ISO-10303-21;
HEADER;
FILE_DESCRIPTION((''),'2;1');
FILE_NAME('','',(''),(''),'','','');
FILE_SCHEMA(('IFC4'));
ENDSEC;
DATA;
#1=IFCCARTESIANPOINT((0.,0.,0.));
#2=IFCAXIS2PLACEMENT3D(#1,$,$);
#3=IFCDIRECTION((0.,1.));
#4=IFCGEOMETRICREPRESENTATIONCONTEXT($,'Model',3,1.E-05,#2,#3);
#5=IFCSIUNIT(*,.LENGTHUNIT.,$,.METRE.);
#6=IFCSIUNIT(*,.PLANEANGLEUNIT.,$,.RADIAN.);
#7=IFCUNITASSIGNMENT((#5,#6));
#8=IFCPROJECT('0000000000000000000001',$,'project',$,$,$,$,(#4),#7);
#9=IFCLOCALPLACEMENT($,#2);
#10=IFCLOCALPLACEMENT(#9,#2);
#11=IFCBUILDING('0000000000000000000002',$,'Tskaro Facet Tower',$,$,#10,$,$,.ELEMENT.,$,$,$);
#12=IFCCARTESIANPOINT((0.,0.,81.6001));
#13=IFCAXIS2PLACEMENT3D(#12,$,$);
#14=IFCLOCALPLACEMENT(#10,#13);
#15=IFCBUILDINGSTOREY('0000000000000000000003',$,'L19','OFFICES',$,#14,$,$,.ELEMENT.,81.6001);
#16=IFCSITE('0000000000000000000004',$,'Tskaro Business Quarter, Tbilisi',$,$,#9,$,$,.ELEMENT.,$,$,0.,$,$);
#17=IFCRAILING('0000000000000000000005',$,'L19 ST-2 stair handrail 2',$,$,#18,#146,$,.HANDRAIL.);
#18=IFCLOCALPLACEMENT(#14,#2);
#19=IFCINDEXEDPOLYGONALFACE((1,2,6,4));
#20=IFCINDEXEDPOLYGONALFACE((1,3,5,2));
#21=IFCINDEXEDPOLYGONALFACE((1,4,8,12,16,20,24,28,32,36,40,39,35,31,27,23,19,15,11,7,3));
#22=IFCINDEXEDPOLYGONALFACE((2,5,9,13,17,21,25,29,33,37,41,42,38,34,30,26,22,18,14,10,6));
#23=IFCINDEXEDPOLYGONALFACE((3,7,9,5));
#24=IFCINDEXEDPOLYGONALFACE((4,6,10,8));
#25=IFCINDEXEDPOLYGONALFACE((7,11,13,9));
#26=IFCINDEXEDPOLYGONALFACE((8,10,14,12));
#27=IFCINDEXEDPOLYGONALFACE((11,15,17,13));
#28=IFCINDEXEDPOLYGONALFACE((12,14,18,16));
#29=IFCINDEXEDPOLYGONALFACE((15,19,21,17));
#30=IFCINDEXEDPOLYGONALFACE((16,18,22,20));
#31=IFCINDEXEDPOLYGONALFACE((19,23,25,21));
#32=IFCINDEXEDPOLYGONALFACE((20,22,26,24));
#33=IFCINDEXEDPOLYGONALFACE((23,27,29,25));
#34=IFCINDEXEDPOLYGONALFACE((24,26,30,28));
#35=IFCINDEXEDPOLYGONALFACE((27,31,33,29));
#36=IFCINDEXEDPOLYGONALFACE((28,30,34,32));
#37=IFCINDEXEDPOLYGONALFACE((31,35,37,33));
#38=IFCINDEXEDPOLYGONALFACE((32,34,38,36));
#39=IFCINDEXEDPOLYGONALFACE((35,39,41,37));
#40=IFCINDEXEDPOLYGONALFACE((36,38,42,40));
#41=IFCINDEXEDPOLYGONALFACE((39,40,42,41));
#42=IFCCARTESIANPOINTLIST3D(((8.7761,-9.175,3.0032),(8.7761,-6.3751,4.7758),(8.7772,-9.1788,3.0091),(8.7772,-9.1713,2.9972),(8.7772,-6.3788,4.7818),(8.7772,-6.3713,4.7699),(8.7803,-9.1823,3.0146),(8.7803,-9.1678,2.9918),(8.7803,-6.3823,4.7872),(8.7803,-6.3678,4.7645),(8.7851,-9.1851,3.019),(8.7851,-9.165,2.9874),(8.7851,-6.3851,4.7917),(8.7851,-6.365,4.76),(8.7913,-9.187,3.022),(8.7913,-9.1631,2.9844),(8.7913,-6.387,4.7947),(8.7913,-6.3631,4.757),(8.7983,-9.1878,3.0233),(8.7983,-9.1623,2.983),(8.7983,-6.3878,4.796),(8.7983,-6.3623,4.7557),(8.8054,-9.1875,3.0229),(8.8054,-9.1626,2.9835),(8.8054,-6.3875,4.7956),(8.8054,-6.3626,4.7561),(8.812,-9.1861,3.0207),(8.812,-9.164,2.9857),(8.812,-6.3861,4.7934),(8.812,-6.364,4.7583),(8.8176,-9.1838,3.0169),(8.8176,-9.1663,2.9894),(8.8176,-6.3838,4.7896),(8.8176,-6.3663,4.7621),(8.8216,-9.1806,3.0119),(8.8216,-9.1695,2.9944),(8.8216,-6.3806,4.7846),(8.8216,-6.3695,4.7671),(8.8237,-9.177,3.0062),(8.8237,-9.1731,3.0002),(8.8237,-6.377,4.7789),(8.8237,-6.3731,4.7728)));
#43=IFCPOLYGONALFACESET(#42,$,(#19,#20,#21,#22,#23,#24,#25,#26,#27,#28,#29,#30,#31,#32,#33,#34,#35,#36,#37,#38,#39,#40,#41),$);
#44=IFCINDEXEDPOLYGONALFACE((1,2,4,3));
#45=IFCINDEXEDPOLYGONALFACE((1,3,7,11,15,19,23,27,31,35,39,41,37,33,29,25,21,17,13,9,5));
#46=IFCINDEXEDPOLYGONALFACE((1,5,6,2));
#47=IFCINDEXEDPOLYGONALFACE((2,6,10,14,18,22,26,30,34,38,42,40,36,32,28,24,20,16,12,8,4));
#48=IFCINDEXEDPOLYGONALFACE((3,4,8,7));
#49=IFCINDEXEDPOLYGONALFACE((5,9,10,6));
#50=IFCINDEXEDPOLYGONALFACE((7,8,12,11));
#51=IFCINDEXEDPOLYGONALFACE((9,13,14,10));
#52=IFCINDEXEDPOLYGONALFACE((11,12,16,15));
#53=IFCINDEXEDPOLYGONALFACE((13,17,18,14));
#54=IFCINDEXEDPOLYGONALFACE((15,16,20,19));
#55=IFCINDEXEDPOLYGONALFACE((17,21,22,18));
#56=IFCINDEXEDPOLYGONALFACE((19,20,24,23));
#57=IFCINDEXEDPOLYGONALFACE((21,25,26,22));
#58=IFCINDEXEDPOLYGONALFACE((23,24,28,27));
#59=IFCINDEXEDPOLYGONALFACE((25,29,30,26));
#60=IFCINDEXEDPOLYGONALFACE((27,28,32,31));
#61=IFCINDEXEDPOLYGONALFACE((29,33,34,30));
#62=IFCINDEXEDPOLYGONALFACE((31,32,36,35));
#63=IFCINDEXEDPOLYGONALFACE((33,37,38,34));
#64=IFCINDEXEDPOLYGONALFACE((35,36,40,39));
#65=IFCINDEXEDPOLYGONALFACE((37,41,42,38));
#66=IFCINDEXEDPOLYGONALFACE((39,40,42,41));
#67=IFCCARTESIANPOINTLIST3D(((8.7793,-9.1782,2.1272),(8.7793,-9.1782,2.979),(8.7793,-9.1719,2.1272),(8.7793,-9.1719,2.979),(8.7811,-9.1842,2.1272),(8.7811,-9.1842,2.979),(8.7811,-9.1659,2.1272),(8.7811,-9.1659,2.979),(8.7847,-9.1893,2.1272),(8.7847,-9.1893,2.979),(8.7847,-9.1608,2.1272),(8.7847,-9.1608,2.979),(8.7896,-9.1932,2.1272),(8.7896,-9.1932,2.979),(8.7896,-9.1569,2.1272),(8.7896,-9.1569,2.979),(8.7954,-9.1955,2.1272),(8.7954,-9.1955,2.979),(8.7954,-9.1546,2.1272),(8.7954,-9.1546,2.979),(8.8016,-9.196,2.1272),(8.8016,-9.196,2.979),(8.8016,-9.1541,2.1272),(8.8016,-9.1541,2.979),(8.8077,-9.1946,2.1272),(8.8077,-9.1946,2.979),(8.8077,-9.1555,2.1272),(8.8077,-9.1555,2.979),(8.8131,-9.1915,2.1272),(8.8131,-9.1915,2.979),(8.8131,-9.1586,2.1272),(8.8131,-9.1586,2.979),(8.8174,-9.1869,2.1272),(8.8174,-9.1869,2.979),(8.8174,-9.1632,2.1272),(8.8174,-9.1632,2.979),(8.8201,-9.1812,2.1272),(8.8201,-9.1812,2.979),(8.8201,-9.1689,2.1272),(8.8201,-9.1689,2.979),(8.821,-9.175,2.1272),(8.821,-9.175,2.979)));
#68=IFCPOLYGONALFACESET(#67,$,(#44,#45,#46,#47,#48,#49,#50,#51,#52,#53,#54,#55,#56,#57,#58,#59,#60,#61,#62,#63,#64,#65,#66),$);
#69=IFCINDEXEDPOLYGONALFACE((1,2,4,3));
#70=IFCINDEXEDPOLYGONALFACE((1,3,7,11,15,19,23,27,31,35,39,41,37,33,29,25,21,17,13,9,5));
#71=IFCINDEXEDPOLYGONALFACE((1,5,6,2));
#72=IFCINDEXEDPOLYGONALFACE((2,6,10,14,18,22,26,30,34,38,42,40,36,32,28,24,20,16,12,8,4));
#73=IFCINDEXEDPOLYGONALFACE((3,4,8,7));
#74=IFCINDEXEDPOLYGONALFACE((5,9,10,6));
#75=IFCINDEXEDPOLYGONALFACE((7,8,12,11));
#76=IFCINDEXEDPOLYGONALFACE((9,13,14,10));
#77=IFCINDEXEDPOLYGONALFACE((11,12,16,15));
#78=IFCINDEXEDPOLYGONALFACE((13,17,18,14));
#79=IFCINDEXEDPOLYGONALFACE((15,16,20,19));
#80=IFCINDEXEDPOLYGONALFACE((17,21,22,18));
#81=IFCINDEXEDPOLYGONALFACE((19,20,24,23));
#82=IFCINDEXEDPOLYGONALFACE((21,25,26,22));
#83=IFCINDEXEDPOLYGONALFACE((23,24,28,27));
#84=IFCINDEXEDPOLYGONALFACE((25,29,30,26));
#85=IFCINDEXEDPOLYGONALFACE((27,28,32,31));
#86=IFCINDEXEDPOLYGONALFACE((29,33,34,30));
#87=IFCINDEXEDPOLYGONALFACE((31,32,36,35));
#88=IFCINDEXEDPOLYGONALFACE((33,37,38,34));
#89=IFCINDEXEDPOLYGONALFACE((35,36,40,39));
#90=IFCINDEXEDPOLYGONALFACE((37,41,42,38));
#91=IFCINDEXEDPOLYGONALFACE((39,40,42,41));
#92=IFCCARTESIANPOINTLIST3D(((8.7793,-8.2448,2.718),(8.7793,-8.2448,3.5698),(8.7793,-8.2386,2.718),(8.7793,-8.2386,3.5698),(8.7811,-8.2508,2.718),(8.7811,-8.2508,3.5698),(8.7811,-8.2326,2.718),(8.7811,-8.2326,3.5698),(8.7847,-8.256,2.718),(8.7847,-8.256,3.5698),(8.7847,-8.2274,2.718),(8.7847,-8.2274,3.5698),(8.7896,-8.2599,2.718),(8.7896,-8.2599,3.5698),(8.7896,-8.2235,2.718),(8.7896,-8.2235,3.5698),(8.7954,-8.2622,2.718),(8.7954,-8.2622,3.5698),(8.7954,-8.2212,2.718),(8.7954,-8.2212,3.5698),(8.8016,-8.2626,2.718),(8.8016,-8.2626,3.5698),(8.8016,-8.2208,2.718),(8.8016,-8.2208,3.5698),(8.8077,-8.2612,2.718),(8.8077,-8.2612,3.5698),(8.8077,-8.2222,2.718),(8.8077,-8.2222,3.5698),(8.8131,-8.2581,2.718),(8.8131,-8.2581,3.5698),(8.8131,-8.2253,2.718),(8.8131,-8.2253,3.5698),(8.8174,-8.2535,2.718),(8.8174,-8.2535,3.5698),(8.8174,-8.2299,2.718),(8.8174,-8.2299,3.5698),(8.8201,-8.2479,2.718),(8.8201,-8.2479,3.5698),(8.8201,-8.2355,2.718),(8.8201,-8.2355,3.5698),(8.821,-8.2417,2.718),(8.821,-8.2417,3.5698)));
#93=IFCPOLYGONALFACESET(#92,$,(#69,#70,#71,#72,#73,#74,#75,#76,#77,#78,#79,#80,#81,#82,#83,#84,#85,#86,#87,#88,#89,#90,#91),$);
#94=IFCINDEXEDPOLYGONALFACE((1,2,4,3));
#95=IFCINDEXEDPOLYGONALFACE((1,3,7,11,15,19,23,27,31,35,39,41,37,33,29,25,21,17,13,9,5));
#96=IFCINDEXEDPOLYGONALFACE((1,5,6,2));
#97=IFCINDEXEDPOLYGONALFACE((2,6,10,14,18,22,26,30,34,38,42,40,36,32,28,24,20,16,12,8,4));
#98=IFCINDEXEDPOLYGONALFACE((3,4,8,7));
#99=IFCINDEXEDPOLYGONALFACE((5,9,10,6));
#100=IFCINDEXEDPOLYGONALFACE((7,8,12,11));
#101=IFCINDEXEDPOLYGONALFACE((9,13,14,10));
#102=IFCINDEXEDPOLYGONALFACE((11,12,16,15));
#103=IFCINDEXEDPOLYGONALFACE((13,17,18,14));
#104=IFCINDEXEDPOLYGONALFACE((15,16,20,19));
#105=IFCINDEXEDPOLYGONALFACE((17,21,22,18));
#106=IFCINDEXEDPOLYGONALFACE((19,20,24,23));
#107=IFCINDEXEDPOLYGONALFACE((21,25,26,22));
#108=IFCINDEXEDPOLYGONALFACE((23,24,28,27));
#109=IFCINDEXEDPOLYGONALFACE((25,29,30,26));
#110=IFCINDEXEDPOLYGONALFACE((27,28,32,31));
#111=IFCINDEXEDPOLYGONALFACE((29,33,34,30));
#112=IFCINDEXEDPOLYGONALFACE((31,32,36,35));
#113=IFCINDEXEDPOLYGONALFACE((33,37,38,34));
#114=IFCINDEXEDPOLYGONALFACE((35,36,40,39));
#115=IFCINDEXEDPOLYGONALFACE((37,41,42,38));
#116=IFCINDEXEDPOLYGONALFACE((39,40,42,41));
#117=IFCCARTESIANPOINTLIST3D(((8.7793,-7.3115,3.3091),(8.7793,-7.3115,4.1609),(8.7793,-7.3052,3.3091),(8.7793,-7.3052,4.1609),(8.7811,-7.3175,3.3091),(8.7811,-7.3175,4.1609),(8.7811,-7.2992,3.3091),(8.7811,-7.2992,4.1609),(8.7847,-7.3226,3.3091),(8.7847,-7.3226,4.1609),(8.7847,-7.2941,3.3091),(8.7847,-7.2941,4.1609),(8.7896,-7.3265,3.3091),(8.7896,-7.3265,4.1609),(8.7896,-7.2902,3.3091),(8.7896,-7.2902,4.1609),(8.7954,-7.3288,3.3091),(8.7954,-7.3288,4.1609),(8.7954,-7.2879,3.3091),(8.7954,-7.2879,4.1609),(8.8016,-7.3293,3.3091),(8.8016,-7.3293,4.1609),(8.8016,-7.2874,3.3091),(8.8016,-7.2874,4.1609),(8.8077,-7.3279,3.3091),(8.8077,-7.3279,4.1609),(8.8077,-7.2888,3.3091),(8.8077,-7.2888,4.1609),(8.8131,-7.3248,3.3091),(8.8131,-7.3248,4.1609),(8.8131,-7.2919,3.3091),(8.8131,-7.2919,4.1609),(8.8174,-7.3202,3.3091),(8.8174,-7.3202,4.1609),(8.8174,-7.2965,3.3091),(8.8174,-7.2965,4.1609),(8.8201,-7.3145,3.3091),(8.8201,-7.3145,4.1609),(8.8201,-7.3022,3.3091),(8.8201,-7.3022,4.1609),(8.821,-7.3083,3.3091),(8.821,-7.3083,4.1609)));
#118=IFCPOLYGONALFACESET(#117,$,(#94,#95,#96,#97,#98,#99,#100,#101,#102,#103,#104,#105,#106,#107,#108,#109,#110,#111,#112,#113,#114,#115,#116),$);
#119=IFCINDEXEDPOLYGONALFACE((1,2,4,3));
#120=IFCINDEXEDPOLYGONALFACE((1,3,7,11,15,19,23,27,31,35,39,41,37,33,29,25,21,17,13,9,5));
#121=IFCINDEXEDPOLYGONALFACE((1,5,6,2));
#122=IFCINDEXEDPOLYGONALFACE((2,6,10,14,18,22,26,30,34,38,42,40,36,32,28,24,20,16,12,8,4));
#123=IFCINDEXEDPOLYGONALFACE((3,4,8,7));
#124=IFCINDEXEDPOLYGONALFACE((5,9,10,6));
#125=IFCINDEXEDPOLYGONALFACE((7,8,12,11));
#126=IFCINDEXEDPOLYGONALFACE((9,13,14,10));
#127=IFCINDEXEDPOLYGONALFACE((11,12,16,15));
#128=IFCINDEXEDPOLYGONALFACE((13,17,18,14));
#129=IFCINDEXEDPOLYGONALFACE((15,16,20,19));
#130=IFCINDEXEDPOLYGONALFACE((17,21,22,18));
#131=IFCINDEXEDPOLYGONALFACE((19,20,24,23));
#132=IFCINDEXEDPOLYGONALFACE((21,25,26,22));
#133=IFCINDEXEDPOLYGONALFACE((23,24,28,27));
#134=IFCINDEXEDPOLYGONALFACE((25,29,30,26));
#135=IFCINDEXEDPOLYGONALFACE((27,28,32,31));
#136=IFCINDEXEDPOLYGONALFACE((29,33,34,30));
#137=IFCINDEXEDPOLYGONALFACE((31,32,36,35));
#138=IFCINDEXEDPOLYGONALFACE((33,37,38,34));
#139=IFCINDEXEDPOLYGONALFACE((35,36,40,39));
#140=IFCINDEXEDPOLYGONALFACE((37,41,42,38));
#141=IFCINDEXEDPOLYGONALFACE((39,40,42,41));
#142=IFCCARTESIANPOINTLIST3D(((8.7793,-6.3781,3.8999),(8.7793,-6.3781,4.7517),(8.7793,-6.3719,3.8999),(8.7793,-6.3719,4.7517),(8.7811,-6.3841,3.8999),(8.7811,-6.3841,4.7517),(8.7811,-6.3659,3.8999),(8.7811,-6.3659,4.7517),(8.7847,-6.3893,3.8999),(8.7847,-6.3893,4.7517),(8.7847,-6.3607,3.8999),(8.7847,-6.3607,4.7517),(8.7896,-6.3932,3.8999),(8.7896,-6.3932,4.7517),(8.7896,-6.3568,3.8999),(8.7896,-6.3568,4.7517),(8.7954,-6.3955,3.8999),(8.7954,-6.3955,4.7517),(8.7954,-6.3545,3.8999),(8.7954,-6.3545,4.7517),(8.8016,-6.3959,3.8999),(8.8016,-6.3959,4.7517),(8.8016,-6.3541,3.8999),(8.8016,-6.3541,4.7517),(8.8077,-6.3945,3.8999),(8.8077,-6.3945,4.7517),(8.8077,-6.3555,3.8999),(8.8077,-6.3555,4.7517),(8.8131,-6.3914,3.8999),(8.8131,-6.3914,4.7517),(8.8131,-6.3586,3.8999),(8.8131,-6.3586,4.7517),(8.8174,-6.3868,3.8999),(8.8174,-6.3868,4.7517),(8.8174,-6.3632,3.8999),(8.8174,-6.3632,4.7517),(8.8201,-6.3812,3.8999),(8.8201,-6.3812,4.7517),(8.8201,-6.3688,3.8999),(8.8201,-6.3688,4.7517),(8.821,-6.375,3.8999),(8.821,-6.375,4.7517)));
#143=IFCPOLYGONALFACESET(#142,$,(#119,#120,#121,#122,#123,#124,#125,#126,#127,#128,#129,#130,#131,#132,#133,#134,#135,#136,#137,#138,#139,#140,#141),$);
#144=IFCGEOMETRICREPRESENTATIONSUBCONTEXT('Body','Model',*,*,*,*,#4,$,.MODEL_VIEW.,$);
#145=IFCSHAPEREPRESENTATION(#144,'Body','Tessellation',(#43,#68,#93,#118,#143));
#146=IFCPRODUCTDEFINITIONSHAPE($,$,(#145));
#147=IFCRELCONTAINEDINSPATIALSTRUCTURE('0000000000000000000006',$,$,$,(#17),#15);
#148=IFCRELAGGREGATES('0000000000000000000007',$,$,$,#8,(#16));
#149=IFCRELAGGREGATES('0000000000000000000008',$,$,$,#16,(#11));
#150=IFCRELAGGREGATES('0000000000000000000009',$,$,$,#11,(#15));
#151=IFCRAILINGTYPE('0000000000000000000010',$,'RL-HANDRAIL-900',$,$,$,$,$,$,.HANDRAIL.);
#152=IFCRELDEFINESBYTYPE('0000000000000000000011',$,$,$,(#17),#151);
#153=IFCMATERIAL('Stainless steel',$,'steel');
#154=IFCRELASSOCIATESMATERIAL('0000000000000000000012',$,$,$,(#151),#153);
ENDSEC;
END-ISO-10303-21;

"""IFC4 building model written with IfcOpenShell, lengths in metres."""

from ifc_helpers import new_model, si_unit, direction, frame, origin, origin_2d, place, context, subcontext, project, spatial, circle, extrude, material, type_object, element, save


model = new_model("IFC4")

# Units and contexts
model_context = context("Model", 3, precision=1e-05, world=origin(), true_north=direction((0.0, 1.0)))
body_context = subcontext(model_context, "Body", "Model", "MODEL_VIEW")
ifc_project = project(units=[si_unit("LENGTHUNIT", "METRE"), si_unit("PLANEANGLEUNIT", "RADIAN")], contexts=[model_context])

# Site, building, storey
site_placement = place(None, origin())
site = spatial("IfcSite", under=ifc_project, at=site_placement, Name="Tskaro Business Quarter, Tbilisi", CompositionType="ELEMENT", RefElevation=0.0)
building_placement = place(site_placement, origin())
building = spatial("IfcBuilding", under=site, at=building_placement, Name="Tskaro Facet Tower", CompositionType="ELEMENT")
storey_placement = place(building_placement, frame((0.0, 0.0, 81.6001)))
storey = spatial("IfcBuildingStorey", under=building, at=storey_placement, Name="L19", Description="OFFICES", CompositionType="ELEMENT", Elevation=81.6001)

# Railing
ifc_material_1 = material(Name="Stainless steel", Category="steel")
railing_type_1 = type_object("IfcRailingType", Name="RL-HANDRAIL-900", PredefinedType="HANDRAIL", material=ifc_material_1)
railing_1_placement = place(storey_placement, frame((8.8, -9.175, 2.1272)))
element("IfcRailing", 1, at=railing_1_placement, inside=storey, type_object=railing_type_1, Name="L19 ST-2 stair handrail 2", PredefinedType="HANDRAIL", context=body_context, shape_type="SweptSolid", body=[
    extrude(circle(Radius=0.0239, at=origin_2d()), frame((0.0, 0.0, 0.876), z_axis=(0.0, 0.844909, 0.53491), x_axis=(-1.0, 0.0, 0.0)), (0.0, 0.0, 1.0), 3.314),
    extrude(circle(Radius=0.021, at=origin_2d()), origin(), (0.0, 0.0, 1.0), 0.8518),
    extrude(circle(Radius=0.021, at=origin_2d()), frame((0.0, 0.9333, 0.5908)), (0.0, 0.0, 1.0), 0.8518),
    extrude(circle(Radius=0.021, at=origin_2d()), frame((0.0, 1.8667, 1.1819)), (0.0, 0.0, 1.0), 0.8518),
    extrude(circle(Radius=0.021, at=origin_2d()), frame((0.0, 2.8, 1.7727)), (0.0, 0.0, 1.0), 0.8518),
])

save(model, "model.ifc")
